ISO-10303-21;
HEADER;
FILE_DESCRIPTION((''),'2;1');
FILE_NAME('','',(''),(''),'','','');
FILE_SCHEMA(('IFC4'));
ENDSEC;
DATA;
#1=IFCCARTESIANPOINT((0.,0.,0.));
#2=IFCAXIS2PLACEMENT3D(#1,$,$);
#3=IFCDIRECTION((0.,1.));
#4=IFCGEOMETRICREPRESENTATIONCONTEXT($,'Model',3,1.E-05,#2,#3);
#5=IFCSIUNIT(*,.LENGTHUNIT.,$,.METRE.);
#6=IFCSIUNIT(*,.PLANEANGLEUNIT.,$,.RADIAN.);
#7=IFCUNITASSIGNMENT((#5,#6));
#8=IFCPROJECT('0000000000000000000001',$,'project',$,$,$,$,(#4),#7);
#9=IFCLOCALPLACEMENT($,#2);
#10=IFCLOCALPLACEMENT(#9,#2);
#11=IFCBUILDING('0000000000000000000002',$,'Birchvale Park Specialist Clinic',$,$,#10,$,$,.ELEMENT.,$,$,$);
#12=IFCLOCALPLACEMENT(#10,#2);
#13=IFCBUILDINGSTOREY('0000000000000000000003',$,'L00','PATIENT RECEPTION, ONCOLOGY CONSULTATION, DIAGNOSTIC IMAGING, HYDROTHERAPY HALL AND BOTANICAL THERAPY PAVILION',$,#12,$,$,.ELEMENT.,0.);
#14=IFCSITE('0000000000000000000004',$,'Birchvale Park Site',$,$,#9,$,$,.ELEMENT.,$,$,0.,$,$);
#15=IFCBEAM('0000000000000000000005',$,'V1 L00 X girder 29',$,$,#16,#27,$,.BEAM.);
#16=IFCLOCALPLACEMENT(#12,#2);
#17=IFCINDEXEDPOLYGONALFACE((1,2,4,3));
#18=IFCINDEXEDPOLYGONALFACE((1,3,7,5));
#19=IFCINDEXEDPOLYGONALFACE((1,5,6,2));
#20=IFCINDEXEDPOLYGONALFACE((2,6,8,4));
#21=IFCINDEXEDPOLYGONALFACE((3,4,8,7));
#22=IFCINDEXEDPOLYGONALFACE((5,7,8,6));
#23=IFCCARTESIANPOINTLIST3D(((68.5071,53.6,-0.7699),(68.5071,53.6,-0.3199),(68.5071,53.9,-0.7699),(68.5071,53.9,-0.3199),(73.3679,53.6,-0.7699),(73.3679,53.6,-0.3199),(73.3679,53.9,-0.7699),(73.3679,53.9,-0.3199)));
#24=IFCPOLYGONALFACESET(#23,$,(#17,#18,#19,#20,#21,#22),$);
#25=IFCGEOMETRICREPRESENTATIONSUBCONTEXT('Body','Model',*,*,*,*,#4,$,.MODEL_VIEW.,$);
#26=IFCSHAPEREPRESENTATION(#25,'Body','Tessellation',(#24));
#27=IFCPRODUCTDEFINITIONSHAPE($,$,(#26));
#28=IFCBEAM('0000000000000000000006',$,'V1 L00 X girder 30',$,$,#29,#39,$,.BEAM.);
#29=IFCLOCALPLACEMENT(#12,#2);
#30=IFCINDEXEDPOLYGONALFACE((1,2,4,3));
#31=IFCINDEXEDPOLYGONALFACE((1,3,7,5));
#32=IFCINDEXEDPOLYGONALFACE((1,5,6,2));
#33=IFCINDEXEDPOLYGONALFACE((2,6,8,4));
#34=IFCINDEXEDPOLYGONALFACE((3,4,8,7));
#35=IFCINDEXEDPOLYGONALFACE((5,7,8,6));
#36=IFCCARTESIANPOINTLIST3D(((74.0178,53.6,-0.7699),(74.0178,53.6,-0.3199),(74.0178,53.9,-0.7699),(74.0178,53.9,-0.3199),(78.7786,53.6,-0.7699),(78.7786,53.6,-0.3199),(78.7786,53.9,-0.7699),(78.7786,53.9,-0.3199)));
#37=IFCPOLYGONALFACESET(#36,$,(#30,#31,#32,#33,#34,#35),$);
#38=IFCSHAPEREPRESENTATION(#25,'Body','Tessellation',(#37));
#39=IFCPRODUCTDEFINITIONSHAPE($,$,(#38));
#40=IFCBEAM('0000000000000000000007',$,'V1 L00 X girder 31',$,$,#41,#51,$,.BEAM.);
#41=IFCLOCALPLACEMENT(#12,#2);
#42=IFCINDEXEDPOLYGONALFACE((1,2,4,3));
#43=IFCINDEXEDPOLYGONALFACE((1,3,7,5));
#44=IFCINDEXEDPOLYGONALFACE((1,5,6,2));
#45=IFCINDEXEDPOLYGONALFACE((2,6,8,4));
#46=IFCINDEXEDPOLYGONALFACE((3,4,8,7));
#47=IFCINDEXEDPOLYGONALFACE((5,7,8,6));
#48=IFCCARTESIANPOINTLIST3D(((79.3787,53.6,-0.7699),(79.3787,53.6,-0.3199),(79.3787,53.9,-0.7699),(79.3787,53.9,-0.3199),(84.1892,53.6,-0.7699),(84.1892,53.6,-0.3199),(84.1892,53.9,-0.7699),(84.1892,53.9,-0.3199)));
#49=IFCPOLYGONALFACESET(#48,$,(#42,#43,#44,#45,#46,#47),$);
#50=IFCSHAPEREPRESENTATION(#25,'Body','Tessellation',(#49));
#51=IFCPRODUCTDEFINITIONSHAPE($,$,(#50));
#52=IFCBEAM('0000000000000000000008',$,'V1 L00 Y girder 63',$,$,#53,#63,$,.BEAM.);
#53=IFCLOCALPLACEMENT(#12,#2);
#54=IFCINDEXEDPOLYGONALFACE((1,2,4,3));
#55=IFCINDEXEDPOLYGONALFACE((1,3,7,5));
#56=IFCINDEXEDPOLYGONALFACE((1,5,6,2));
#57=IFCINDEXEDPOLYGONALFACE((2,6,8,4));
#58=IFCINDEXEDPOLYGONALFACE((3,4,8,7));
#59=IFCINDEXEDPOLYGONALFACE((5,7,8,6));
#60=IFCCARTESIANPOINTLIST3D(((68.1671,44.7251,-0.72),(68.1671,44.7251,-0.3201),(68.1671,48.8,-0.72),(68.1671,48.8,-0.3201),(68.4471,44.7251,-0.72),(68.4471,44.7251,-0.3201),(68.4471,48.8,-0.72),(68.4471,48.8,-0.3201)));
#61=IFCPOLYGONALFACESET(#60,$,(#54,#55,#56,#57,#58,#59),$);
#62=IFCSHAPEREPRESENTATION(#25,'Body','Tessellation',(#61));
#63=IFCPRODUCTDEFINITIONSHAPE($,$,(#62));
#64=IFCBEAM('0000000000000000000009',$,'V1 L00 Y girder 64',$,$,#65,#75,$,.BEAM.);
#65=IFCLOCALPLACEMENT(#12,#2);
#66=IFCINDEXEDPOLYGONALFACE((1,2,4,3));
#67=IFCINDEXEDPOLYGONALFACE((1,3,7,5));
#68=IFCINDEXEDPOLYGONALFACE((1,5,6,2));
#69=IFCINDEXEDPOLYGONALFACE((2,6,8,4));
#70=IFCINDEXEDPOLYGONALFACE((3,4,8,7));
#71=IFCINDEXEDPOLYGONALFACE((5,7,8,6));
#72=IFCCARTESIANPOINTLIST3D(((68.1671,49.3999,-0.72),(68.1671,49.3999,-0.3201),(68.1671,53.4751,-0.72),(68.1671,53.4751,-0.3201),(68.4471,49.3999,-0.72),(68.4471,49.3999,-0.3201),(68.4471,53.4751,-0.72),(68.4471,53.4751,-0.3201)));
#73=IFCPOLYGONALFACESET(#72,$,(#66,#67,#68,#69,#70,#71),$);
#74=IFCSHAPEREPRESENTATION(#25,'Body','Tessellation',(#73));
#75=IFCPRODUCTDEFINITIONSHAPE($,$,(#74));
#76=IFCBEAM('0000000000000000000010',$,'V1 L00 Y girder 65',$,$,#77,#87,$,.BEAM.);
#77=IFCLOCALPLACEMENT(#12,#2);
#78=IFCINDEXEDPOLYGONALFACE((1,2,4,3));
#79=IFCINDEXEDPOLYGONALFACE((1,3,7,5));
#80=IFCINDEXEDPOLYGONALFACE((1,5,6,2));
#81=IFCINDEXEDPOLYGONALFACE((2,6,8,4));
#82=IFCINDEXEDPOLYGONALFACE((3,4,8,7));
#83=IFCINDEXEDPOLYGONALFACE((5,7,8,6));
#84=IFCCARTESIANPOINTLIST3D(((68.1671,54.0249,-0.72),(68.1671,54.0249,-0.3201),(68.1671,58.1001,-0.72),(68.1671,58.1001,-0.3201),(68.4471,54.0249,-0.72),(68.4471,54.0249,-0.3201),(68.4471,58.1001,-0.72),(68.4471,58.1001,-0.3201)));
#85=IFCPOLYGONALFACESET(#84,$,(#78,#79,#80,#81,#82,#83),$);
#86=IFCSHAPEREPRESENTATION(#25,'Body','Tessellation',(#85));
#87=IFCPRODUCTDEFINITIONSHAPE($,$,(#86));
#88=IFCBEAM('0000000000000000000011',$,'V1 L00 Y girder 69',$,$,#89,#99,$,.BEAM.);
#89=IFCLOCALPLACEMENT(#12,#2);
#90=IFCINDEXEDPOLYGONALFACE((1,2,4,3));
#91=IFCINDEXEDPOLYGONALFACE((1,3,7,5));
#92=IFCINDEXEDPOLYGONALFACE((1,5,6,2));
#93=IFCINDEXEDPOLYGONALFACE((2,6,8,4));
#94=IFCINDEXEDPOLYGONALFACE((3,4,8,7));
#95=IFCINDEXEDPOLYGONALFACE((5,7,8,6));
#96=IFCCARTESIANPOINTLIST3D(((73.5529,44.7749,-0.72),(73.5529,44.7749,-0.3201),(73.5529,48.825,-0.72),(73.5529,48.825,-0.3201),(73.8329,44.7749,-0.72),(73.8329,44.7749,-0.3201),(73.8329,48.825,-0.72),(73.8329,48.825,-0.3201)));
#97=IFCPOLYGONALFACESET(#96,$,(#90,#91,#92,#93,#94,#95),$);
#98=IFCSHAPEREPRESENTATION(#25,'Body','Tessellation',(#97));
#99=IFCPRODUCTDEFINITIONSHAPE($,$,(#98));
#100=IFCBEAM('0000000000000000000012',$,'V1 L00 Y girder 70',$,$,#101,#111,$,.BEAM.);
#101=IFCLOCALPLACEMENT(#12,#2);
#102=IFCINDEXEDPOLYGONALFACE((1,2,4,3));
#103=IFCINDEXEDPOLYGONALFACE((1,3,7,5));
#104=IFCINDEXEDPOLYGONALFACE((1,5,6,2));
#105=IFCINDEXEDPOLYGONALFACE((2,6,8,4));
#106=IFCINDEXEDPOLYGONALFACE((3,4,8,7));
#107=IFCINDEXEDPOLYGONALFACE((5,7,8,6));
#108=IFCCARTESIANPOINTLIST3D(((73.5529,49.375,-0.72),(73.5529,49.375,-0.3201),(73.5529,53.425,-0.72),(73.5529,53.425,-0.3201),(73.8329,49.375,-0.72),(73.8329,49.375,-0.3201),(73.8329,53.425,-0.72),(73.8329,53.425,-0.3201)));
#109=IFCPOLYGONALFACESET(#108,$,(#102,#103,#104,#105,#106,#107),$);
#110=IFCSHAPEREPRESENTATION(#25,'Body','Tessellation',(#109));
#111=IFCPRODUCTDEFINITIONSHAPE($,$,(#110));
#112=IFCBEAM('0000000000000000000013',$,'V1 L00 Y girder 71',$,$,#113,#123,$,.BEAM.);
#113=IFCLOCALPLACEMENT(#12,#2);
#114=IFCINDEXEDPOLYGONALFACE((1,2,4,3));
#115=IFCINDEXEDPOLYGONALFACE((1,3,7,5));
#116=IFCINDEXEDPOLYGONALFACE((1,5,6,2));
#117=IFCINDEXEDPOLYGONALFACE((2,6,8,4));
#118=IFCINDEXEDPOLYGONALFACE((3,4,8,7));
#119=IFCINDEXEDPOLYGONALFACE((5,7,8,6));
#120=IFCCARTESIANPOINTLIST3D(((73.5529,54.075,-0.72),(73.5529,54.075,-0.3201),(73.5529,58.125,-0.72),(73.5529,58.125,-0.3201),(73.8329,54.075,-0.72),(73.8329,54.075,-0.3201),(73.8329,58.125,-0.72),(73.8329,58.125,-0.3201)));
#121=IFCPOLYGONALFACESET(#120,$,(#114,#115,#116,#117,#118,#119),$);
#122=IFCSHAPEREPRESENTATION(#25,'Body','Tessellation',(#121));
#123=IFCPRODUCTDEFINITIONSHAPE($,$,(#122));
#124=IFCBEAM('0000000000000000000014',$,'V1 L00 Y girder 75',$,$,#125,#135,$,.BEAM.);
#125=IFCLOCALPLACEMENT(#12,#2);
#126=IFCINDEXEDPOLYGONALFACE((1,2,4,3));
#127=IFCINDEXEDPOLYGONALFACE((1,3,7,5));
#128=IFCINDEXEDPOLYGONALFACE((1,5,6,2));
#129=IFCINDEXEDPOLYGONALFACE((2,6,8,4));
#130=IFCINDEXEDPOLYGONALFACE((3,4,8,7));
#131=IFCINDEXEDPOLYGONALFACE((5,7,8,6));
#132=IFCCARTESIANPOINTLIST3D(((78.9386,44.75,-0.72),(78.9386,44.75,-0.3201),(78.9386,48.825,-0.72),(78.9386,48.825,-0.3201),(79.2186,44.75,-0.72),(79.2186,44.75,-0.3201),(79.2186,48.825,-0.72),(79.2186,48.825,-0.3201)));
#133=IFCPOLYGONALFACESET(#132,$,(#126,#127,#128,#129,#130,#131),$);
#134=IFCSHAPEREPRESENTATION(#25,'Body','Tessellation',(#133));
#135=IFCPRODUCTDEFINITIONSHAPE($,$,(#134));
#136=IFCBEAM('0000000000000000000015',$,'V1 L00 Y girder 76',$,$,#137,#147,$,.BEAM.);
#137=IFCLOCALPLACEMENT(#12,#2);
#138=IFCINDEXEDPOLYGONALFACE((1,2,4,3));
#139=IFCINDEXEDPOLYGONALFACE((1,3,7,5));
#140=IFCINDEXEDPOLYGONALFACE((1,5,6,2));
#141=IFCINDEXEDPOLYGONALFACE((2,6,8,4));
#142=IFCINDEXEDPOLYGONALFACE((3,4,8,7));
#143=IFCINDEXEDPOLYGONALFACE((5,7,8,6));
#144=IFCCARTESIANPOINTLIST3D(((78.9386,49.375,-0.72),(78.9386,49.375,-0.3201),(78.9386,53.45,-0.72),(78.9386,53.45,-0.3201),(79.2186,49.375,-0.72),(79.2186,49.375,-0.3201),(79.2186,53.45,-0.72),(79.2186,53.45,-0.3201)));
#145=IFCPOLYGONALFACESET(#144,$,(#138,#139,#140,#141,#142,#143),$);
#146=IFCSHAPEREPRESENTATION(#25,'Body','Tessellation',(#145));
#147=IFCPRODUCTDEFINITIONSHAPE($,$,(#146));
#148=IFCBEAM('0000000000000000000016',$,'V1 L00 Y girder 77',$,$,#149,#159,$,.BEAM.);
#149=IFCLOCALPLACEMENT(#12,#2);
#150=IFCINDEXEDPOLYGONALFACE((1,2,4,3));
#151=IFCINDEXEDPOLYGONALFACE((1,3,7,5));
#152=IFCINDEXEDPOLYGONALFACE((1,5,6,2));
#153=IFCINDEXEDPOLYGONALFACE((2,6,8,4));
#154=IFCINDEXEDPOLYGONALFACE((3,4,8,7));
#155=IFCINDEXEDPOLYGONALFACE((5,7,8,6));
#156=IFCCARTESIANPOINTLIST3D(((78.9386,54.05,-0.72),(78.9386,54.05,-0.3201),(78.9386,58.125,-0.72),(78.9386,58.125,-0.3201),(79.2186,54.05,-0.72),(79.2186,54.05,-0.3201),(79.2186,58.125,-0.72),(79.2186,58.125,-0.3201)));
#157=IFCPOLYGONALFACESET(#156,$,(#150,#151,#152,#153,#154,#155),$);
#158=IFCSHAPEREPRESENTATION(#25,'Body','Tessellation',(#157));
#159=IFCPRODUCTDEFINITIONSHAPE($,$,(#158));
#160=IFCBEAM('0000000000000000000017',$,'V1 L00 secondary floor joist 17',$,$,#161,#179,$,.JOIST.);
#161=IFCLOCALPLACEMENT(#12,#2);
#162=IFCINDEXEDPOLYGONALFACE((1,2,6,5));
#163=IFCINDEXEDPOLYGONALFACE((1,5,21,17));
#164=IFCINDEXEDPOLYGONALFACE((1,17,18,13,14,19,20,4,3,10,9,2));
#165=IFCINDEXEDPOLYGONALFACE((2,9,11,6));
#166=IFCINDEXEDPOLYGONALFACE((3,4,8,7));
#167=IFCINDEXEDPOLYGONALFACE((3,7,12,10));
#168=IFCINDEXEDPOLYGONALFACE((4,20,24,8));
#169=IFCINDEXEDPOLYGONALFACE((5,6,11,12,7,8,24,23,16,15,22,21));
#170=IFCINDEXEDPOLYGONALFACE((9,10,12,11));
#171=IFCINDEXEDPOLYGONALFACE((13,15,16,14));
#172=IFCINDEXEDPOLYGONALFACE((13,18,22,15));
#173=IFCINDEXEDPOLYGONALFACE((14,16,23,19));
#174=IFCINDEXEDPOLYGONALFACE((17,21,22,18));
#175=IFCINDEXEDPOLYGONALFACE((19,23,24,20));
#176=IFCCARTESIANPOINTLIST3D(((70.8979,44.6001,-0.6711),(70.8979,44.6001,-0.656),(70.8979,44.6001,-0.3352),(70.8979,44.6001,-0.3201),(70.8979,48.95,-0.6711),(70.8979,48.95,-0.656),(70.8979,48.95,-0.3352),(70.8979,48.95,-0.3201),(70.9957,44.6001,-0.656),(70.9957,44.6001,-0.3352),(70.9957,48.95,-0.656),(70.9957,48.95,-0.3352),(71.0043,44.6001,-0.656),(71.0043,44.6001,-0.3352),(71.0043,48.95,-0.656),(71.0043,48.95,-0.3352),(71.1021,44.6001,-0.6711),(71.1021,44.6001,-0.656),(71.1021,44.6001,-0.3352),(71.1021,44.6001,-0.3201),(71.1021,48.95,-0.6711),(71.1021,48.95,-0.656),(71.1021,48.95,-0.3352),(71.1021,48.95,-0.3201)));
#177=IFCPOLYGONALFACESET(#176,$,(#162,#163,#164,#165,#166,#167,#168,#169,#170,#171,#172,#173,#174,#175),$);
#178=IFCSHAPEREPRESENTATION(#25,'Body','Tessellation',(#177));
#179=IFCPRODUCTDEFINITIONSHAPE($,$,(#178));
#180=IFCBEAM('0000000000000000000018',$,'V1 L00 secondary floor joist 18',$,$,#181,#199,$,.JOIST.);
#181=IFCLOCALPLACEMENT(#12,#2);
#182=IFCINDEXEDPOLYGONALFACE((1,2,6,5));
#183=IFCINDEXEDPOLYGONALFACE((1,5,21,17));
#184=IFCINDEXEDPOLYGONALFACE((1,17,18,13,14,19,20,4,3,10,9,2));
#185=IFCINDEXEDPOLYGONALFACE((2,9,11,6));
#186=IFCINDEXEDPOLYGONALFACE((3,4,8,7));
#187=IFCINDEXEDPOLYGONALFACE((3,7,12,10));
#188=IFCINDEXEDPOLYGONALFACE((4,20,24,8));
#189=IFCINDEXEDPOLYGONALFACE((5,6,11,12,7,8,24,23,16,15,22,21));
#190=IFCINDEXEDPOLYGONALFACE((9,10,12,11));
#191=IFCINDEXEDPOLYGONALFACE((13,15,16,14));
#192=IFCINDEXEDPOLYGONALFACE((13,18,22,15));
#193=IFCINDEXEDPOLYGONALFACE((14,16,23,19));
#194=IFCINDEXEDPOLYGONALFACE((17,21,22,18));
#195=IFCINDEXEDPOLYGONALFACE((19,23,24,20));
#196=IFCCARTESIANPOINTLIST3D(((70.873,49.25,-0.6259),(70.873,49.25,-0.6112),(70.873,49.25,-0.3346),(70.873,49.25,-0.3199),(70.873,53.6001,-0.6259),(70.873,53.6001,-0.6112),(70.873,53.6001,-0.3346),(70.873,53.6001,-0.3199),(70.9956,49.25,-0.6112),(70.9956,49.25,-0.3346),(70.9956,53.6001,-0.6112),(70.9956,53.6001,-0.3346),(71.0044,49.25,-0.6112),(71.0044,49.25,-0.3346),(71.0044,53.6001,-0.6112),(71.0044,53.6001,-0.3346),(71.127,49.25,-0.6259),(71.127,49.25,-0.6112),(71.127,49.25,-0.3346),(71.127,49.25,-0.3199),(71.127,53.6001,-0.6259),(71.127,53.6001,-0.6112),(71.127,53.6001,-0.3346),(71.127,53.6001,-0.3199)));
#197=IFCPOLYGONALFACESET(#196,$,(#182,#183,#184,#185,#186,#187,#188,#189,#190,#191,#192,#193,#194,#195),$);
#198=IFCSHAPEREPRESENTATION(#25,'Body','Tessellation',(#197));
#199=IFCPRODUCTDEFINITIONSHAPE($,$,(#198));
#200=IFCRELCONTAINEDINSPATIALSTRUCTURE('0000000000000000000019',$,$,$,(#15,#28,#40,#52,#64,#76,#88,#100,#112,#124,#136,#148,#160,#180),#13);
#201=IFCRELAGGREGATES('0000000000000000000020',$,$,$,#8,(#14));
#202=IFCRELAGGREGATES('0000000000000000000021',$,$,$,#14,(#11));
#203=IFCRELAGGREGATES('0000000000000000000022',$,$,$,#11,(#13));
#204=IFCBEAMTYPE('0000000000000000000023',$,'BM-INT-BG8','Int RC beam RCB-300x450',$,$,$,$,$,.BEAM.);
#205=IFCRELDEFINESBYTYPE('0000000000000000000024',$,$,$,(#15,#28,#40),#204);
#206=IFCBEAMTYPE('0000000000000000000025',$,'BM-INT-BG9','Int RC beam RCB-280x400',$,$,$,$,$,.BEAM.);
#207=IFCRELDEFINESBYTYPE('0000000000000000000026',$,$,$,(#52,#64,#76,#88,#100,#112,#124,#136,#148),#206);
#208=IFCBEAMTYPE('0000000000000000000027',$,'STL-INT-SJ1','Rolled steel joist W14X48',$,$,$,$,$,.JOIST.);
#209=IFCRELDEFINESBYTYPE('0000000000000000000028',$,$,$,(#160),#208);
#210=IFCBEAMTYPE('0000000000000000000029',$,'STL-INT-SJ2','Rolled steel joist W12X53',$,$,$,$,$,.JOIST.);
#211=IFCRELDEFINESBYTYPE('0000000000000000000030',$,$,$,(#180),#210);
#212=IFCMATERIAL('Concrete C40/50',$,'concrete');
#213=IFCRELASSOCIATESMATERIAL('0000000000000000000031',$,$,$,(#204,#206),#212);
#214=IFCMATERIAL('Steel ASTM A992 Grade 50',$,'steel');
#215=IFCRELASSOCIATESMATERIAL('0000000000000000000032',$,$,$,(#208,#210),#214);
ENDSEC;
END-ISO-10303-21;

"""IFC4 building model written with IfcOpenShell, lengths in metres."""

from ifc_helpers import new_model, si_unit, direction, frame, origin, origin_2d, place, context, subcontext, project, spatial, rectangle, i_section, extrude, material, material_profile, profile_set, type_object, element, save


model = new_model("IFC4")

# Units and contexts
model_context = context("Model", 3, precision=1e-05, world=origin(), true_north=direction((0.0, 1.0)))
body_context = subcontext(model_context, "Body", "Model", "MODEL_VIEW")
ifc_project = project(units=[si_unit("LENGTHUNIT", "METRE"), si_unit("PLANEANGLEUNIT", "RADIAN")], contexts=[model_context])

# Site, building, storey
site_placement = place(None, origin())
site = spatial("IfcSite", under=ifc_project, at=site_placement, Name="Birchvale Park Site", CompositionType="ELEMENT", RefElevation=0.0)
building_placement = place(site_placement, origin())
building = spatial("IfcBuilding", under=site, at=building_placement, Name="Birchvale Park Specialist Clinic", CompositionType="ELEMENT")
storey_placement = place(building_placement, origin())
storey = spatial("IfcBuildingStorey", under=building, at=storey_placement, Name="L00", Description="PATIENT RECEPTION, ONCOLOGY CONSULTATION, DIAGNOSTIC IMAGING, HYDROTHERAPY HALL AND BOTANICAL THERAPY PAVILION", CompositionType="ELEMENT", Elevation=0.0)

# Shared definitions
ifc_material_1 = material(Name="Concrete C40/50", Category="concrete")

# Beams
ifc_material_profile_1 = material_profile(ifc_material_1, rectangle(XDim=0.3, YDim=0.45, at=origin_2d()), Name="RCB-300x450")
ifc_profile_set_1 = profile_set([ifc_material_profile_1], Name="Concrete C40/50")
beam_type_1 = type_object("IfcBeamType", Name="BM-INT-BG8", Description="Int RC beam RCB-300x450", PredefinedType="BEAM", material=ifc_profile_set_1)
for number, where, z_axis, x_axis, name in (
    (1, (68.5071, 53.75, -0.5449), (1.0, 0.0, 0.0), (0.0, 1.0, 0.0), "V1 L00 X girder 29"),
):
    element("IfcBeam", number, at=place(storey_placement, frame(where, z_axis=z_axis, x_axis=x_axis)), inside=storey, type_object=beam_type_1, Name=name, PredefinedType="BEAM", context=body_context, shape_type="SweptSolid", body=[
        extrude(rectangle(XDim=0.3, YDim=0.45, at=origin_2d()), origin(), (0.0, 0.0, 1.0), 4.8608),
    ])
beam_1_placement = place(storey_placement, frame((74.0178, 53.75, -0.5449), z_axis=(1.0, 0.0, 0.0), x_axis=(0.0, 1.0, 0.0)))
element("IfcBeam", 2, at=beam_1_placement, inside=storey, type_object=beam_type_1, Name="V1 L00 X girder 30", PredefinedType="BEAM", context=body_context, shape_type="SweptSolid", body=[
    extrude(rectangle(XDim=0.3, YDim=0.45, at=origin_2d()), origin(), (0.0, 0.0, 1.0), 4.7607),
])
beam_2_placement = place(storey_placement, frame((79.3787, 53.75, -0.5449), z_axis=(1.0, 0.0, 0.0), x_axis=(0.0, 1.0, 0.0)))
element("IfcBeam", 3, at=beam_2_placement, inside=storey, type_object=beam_type_1, Name="V1 L00 X girder 31", PredefinedType="BEAM", context=body_context, shape_type="SweptSolid", body=[
    extrude(rectangle(XDim=0.3, YDim=0.45, at=origin_2d()), origin(), (0.0, 0.0, 1.0), 4.8105),
])
ifc_material_profile_2 = material_profile(ifc_material_1, rectangle(XDim=0.28, YDim=0.3999, at=origin_2d()), Name="RCB-280x400")
ifc_profile_set_2 = profile_set([ifc_material_profile_2], Name="Concrete C40/50")
beam_type_2 = type_object("IfcBeamType", Name="BM-INT-BG9", Description="Int RC beam RCB-280x400", PredefinedType="BEAM", material=ifc_profile_set_2)
beam_3_placement = place(storey_placement, frame((68.3071, 44.7251, -0.52), z_axis=(0.0, 1.0, 0.0), x_axis=(-1.0, 0.0, 0.0)))
element("IfcBeam", 4, at=beam_3_placement, inside=storey, type_object=beam_type_2, Name="V1 L00 Y girder 63", PredefinedType="BEAM", context=body_context, shape_type="SweptSolid", body=[
    extrude(rectangle(XDim=0.28, YDim=0.3999, at=origin_2d()), origin(), (0.0, 0.0, 1.0), 4.075),
])
for number, where, z_axis, x_axis, name in (
    (5, (68.3071, 49.3999, -0.52), (0.0, 1.0, 0.0), (-1.0, 0.0, 0.0), "V1 L00 Y girder 64"),
    (6, (68.3071, 54.0249, -0.52), (0.0, 1.0, 0.0), (-1.0, 0.0, 0.0), "V1 L00 Y girder 65"),
):
    element("IfcBeam", number, at=place(storey_placement, frame(where, z_axis=z_axis, x_axis=x_axis)), inside=storey, type_object=beam_type_2, Name=name, PredefinedType="BEAM", context=body_context, shape_type="SweptSolid", body=[
        extrude(rectangle(XDim=0.28, YDim=0.3999, at=origin_2d()), origin(), (0.0, 0.0, 1.0), 4.0752),
    ])
for number, where, z_axis, x_axis, name in (
    (7, (73.6929, 44.7749, -0.52), (0.0, 1.0, 0.0), (-1.0, 0.0, 0.0), "V1 L00 Y girder 69"),
    (8, (73.6929, 49.375, -0.52), (0.0, 1.0, 0.0), (-1.0, 0.0, 0.0), "V1 L00 Y girder 70"),
    (9, (73.6929, 54.075, -0.52), (0.0, 1.0, 0.0), (-1.0, 0.0, 0.0), "V1 L00 Y girder 71"),
):
    element("IfcBeam", number, at=place(storey_placement, frame(where, z_axis=z_axis, x_axis=x_axis)), inside=storey, type_object=beam_type_2, Name=name, PredefinedType="BEAM", context=body_context, shape_type="SweptSolid", body=[
        extrude(rectangle(XDim=0.28, YDim=0.3999, at=origin_2d()), origin(), (0.0, 0.0, 1.0), 4.05),
    ])
for number, where, z_axis, x_axis, name in (
    (10, (79.0786, 44.75, -0.52), (0.0, 1.0, 0.0), (-1.0, 0.0, 0.0), "V1 L00 Y girder 75"),
    (11, (79.0786, 49.375, -0.52), (0.0, 1.0, 0.0), (-1.0, 0.0, 0.0), "V1 L00 Y girder 76"),
    (12, (79.0786, 54.05, -0.52), (0.0, 1.0, 0.0), (-1.0, 0.0, 0.0), "V1 L00 Y girder 77"),
):
    element("IfcBeam", number, at=place(storey_placement, frame(where, z_axis=z_axis, x_axis=x_axis)), inside=storey, type_object=beam_type_2, Name=name, PredefinedType="BEAM", context=body_context, shape_type="SweptSolid", body=[
        extrude(rectangle(XDim=0.28, YDim=0.3999, at=origin_2d()), origin(), (0.0, 0.0, 1.0), 4.075),
    ])
ifc_material_2 = material(Name="Steel ASTM A992 Grade 50", Category="steel")
ifc_material_profile_3 = material_profile(ifc_material_2, i_section(OverallWidth=0.2041, OverallDepth=0.3511, WebThickness=0.0085, FlangeThickness=0.0151, at=origin_2d()), Name="W14X48")
ifc_profile_set_3 = profile_set([ifc_material_profile_3], Name="Steel ASTM A992 Grade 50")
beam_type_3 = type_object("IfcBeamType", Name="STL-INT-SJ1", Description="Rolled steel joist W14X48", PredefinedType="JOIST", material=ifc_profile_set_3)
beam_4_placement = place(storey_placement, frame((71.0, 44.6001, -0.4956), z_axis=(0.0, 1.0, 0.0), x_axis=(-1.0, 0.0, 0.0)))
element("IfcBeam", 13, at=beam_4_placement, inside=storey, type_object=beam_type_3, Name="V1 L00 secondary floor joist 17", PredefinedType="JOIST", context=body_context, shape_type="SweptSolid", body=[
    extrude(i_section(OverallWidth=0.2041, OverallDepth=0.3511, WebThickness=0.0085, FlangeThickness=0.0151, at=origin_2d()), origin(), (0.0, 0.0, 1.0), 4.3499),
])
ifc_material_profile_4 = material_profile(ifc_material_2, i_section(OverallWidth=0.2539, OverallDepth=0.3059, WebThickness=0.0088, FlangeThickness=0.0146, at=origin_2d()), Name="W12X53")
ifc_profile_set_4 = profile_set([ifc_material_profile_4], Name="Steel ASTM A992 Grade 50")
beam_type_4 = type_object("IfcBeamType", Name="STL-INT-SJ2", Description="Rolled steel joist W12X53", PredefinedType="JOIST", material=ifc_profile_set_4)
beam_5_placement = place(storey_placement, frame((71.0, 49.25, -0.4729), z_axis=(0.0, 1.0, 0.0), x_axis=(-1.0, 0.0, 0.0)))
element("IfcBeam", 14, at=beam_5_placement, inside=storey, type_object=beam_type_4, Name="V1 L00 secondary floor joist 18", PredefinedType="JOIST", context=body_context, shape_type="SweptSolid", body=[
    extrude(i_section(OverallWidth=0.2539, OverallDepth=0.3059, WebThickness=0.0088, FlangeThickness=0.0146, at=origin_2d()), origin(), (0.0, 0.0, 1.0), 4.3501),
])

save(model, "model.ifc")
